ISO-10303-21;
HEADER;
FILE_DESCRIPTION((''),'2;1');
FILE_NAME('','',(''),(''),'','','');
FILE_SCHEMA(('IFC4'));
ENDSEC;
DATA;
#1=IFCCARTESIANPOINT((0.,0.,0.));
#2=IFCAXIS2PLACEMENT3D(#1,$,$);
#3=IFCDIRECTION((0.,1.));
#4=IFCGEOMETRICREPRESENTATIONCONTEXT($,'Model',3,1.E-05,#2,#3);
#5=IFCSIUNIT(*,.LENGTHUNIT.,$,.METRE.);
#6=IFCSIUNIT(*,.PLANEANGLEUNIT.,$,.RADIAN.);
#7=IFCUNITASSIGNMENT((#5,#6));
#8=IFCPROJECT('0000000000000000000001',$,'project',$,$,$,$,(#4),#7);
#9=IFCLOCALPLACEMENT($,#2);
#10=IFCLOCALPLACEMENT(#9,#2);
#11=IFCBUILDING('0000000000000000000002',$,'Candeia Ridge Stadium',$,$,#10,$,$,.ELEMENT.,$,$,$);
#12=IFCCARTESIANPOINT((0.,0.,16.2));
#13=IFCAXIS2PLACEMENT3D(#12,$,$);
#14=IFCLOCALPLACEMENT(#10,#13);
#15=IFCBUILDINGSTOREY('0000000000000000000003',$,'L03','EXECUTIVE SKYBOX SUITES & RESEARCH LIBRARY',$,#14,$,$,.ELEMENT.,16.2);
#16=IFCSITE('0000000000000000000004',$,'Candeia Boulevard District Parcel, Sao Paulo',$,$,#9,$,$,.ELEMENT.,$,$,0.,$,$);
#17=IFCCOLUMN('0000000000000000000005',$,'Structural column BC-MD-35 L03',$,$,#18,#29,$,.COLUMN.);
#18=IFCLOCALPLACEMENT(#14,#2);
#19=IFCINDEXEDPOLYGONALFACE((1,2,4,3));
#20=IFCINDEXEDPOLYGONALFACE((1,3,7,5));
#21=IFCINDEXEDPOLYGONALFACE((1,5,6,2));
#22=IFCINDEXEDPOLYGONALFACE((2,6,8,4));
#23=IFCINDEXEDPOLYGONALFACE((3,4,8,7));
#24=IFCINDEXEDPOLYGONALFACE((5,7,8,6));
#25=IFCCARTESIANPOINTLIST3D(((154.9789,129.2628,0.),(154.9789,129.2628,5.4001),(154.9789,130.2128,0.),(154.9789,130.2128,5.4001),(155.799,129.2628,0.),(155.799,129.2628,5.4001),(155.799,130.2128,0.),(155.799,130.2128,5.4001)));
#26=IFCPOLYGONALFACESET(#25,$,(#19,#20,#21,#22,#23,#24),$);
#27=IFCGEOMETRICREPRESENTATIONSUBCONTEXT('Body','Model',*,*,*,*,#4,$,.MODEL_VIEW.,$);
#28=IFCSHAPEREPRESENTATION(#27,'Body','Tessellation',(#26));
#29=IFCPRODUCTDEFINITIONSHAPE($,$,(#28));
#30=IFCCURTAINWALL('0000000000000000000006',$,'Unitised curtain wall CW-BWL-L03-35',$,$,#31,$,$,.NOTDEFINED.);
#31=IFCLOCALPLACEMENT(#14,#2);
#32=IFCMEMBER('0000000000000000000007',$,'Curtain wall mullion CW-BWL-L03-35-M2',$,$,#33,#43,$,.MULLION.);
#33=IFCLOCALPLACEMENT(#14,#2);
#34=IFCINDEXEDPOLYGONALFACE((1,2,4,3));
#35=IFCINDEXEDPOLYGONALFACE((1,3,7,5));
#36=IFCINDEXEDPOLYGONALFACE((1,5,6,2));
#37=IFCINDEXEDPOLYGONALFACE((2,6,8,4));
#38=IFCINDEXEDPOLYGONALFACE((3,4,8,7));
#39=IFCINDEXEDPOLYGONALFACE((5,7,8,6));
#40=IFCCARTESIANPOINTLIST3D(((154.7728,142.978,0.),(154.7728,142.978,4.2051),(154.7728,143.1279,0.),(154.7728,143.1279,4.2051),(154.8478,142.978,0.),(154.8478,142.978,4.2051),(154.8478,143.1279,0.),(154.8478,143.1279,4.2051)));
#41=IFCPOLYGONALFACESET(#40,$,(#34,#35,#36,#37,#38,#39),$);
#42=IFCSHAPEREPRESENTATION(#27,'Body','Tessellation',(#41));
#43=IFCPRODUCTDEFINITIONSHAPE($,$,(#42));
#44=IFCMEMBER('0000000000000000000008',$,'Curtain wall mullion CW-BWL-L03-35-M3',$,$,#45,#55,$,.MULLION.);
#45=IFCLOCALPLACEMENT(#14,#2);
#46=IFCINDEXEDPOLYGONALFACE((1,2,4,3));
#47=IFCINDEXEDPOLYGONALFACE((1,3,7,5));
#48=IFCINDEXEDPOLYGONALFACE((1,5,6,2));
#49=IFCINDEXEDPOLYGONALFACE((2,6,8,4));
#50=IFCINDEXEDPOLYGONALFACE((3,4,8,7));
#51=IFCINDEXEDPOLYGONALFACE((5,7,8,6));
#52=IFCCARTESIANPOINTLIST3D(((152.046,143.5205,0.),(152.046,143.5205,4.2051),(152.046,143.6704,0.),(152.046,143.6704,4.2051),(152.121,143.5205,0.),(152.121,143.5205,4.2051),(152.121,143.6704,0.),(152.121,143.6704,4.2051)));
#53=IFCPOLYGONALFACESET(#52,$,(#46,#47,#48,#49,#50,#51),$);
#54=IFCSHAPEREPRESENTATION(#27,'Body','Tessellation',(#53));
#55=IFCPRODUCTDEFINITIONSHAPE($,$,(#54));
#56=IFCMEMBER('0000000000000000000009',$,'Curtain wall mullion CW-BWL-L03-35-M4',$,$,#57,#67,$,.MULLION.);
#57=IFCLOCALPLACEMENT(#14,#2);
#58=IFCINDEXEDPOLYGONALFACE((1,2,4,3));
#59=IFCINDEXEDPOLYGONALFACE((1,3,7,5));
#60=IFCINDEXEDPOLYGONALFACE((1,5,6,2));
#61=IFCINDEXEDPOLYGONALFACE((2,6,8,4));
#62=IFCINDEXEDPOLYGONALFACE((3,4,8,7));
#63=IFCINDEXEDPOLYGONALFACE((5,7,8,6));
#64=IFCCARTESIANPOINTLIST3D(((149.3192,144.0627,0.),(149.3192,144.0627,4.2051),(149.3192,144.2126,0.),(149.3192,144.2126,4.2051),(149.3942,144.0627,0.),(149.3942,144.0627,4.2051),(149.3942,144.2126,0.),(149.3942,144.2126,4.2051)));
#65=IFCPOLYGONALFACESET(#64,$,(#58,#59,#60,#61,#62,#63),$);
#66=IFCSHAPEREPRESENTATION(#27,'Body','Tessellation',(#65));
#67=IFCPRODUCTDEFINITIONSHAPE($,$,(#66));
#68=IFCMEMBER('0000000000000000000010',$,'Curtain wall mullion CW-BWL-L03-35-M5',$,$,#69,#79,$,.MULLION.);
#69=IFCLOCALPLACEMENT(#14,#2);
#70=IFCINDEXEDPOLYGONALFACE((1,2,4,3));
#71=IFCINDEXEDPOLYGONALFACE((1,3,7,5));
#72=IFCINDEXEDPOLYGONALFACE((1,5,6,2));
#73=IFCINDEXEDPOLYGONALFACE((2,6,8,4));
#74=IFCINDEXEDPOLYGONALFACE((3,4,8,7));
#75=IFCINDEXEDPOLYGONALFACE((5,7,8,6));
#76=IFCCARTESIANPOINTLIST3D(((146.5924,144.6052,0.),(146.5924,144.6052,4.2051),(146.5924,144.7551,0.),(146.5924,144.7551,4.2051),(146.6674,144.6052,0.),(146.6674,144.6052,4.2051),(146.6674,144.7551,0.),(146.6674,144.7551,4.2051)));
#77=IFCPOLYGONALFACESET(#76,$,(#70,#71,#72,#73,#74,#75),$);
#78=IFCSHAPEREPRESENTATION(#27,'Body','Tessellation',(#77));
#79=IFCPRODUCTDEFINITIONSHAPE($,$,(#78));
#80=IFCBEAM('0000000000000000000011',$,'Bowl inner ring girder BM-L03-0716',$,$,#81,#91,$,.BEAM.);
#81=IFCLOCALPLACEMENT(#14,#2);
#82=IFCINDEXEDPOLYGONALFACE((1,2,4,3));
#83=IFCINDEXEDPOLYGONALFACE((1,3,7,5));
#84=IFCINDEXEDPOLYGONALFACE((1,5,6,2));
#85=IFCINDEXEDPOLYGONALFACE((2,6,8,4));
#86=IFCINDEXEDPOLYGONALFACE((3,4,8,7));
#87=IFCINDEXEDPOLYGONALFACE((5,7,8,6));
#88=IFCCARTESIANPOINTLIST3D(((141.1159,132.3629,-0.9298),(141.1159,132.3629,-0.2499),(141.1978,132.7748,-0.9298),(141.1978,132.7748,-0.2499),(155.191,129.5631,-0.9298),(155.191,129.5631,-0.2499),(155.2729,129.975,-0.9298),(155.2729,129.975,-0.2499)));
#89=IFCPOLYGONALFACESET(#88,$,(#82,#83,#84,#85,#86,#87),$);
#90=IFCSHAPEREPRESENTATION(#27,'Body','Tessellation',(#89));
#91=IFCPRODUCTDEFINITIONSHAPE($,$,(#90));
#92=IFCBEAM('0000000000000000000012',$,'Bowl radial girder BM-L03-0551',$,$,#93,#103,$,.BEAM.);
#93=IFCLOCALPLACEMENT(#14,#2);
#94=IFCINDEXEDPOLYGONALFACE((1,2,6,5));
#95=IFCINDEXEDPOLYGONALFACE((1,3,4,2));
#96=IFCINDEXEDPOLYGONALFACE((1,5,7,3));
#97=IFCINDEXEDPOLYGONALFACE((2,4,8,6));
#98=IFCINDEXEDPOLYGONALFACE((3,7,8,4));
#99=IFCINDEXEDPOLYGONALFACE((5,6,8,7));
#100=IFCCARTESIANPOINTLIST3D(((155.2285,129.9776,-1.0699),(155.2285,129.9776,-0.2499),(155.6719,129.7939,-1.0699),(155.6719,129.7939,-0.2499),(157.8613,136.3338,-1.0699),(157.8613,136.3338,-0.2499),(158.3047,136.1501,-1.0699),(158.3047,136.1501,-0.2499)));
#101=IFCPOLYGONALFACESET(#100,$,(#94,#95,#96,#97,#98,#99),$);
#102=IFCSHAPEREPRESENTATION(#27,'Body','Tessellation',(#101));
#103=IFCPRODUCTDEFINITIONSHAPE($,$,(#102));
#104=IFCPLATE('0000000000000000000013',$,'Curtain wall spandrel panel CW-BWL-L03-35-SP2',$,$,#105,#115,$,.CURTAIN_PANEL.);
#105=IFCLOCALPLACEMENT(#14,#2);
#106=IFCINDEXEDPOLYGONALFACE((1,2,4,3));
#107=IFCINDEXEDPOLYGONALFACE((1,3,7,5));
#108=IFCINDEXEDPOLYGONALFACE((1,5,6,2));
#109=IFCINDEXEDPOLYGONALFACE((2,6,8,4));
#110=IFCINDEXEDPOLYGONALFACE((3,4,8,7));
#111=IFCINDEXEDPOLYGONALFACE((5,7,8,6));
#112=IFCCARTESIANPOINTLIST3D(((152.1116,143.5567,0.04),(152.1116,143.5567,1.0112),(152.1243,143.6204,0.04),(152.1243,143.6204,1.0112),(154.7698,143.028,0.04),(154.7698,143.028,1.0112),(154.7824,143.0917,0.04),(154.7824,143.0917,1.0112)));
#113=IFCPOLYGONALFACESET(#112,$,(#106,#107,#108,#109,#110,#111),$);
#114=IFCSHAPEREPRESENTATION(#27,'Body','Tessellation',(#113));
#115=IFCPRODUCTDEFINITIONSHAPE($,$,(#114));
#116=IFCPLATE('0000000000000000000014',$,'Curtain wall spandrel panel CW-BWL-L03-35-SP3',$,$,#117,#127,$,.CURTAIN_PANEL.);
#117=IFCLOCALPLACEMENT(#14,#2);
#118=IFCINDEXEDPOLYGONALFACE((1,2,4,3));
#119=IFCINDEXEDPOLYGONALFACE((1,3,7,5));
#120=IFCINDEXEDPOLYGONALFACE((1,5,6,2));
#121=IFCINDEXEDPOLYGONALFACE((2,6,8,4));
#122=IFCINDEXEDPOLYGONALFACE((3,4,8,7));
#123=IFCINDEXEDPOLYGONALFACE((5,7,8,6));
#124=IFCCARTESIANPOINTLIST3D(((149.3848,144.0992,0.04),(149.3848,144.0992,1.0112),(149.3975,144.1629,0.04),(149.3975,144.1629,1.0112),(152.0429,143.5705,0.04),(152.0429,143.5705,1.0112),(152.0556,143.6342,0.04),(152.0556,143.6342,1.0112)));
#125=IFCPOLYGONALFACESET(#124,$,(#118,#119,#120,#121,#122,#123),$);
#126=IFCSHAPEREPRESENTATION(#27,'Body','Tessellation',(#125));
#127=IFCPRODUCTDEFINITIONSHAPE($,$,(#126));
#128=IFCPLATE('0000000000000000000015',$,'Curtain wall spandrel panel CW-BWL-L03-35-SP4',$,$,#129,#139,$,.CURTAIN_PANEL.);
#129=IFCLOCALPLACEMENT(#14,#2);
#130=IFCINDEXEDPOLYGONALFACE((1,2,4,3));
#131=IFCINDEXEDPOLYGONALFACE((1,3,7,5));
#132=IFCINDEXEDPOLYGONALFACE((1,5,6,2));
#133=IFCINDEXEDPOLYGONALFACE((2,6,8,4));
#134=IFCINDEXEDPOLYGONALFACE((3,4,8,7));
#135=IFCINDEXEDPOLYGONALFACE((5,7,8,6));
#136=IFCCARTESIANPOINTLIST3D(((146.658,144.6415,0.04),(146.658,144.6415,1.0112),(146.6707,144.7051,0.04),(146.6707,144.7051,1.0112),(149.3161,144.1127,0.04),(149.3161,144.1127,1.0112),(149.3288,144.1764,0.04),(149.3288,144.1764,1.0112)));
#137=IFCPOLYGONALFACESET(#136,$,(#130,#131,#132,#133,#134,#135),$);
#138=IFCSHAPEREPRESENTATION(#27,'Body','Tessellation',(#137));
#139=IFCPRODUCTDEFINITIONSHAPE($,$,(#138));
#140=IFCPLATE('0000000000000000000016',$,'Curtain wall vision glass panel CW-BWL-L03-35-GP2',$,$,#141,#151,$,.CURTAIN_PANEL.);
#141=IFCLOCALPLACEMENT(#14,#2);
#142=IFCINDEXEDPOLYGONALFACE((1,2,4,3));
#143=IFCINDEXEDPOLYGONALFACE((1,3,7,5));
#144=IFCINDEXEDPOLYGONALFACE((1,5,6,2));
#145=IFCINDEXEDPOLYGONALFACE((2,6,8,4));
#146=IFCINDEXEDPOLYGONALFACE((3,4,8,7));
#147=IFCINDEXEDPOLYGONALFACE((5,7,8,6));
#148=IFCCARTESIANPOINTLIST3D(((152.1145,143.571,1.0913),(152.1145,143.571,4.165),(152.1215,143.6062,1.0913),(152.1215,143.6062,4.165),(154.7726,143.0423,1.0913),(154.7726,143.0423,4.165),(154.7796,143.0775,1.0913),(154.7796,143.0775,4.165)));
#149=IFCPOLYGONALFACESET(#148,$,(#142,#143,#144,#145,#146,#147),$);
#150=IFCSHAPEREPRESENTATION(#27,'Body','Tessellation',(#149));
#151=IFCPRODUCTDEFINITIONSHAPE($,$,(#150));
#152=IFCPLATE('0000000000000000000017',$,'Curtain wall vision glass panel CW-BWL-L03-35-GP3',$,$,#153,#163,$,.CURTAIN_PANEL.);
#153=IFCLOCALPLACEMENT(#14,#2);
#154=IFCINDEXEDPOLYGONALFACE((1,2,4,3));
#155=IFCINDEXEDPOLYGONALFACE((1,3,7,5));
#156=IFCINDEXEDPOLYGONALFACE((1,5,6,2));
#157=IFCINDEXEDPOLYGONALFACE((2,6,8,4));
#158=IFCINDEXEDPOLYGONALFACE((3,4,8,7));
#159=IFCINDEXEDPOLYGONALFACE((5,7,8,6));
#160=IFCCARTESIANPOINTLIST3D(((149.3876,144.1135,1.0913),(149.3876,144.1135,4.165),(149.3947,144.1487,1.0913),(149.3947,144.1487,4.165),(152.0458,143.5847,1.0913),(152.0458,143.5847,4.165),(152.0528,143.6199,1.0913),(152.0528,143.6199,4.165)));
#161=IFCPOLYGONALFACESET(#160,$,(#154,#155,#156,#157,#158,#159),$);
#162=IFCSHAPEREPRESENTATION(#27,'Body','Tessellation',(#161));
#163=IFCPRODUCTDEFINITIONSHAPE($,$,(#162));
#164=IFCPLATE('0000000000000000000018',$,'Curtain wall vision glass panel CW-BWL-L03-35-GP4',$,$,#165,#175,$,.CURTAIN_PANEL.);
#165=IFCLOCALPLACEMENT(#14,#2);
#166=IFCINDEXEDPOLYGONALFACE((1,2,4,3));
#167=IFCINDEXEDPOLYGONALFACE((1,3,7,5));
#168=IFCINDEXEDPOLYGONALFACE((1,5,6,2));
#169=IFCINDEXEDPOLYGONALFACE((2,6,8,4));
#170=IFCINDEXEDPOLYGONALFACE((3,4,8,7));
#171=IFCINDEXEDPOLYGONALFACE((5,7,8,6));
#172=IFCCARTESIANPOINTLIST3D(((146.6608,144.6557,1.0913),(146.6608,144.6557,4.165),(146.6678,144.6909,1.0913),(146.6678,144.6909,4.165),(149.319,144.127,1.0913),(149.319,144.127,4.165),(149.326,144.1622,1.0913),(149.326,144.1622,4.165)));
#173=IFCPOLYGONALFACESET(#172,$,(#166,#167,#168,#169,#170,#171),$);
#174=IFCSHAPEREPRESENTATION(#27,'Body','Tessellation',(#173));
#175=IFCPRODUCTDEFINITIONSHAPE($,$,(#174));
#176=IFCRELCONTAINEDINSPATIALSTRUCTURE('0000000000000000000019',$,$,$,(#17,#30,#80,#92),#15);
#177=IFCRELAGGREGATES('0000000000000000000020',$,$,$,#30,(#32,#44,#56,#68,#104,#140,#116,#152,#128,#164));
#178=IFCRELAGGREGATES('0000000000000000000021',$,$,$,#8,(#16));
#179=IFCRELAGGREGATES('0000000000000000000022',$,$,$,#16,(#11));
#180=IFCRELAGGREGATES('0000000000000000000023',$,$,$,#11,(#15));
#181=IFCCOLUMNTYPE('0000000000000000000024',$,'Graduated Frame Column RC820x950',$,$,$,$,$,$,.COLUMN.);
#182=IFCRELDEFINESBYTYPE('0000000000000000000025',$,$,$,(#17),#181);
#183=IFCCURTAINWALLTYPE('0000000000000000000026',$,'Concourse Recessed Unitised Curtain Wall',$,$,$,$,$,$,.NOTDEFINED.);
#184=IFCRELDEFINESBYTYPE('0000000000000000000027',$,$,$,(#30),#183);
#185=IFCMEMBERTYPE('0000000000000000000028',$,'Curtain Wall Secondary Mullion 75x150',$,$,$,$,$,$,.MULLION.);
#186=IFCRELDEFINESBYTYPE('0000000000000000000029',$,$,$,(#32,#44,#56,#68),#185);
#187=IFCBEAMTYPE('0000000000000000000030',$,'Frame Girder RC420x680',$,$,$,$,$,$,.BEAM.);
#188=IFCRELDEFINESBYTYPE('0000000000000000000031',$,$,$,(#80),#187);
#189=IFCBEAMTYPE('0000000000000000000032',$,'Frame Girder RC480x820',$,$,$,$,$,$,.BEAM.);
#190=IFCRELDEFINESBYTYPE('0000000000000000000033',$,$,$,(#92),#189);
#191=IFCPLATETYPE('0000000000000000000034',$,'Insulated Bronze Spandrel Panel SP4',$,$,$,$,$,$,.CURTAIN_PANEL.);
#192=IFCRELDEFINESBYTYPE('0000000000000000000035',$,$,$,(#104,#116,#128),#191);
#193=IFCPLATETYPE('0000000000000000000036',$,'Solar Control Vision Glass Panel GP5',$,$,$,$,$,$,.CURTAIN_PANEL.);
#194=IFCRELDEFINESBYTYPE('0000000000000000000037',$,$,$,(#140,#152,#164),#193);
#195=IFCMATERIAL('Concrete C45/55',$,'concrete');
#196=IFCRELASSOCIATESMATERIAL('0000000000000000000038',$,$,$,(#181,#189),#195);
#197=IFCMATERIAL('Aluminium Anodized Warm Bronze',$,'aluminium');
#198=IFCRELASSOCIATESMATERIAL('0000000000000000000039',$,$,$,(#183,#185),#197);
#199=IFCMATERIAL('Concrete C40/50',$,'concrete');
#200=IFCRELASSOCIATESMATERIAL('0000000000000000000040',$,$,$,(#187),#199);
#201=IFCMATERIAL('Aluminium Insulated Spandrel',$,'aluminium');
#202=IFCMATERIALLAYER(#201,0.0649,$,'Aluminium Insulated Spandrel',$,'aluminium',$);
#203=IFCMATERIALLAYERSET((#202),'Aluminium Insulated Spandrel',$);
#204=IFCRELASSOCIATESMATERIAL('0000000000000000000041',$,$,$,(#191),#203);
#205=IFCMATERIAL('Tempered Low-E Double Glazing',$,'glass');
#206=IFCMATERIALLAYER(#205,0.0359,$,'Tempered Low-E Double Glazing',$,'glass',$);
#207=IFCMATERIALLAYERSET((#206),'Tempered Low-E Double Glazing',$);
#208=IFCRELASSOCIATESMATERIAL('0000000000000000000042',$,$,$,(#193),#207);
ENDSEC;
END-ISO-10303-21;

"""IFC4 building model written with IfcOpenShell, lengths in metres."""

from ifc_helpers import new_model, si_unit, direction, frame, origin, origin_2d, place, context, subcontext, project, spatial, rectangle, extrude, material, layer, layer_set, material_profile, profile_set, type_object, element, aggregate, save


model = new_model("IFC4")

# Units and contexts
model_context = context("Model", 3, precision=1e-05, world=origin(), true_north=direction((0.0, 1.0)))
body_context = subcontext(model_context, "Body", "Model", "MODEL_VIEW")
ifc_project = project(units=[si_unit("LENGTHUNIT", "METRE"), si_unit("PLANEANGLEUNIT", "RADIAN")], contexts=[model_context])

# Site, building, storey
site_placement = place(None, origin())
site = spatial("IfcSite", under=ifc_project, at=site_placement, Name="Candeia Boulevard District Parcel, Sao Paulo", CompositionType="ELEMENT", RefElevation=0.0)
building_placement = place(site_placement, origin())
building = spatial("IfcBuilding", under=site, at=building_placement, Name="Candeia Ridge Stadium", CompositionType="ELEMENT")
storey_placement = place(building_placement, frame((0.0, 0.0, 16.2)))
storey = spatial("IfcBuildingStorey", under=building, at=storey_placement, Name="L03", Description="EXECUTIVE SKYBOX SUITES & RESEARCH LIBRARY", CompositionType="ELEMENT", Elevation=16.2)

# Column
ifc_material_1 = material(Name="Concrete C45/55", Category="concrete")
ifc_material_profile_1 = material_profile(ifc_material_1, rectangle(XDim=0.8201, YDim=0.95, at=origin_2d()), Name="RC820x950", Category="concrete")
ifc_profile_set_1 = profile_set([ifc_material_profile_1], Name="Concrete C45/55")
column_type = type_object("IfcColumnType", Name="Graduated Frame Column RC820x950", PredefinedType="COLUMN", material=ifc_profile_set_1)
column_placement = place(storey_placement, frame((155.3889, 129.7378, 0.0), z_axis=(0.0, 0.0, 1.0), x_axis=(1.0, 0.0, 0.0)))
element("IfcColumn", 1, at=column_placement, inside=storey, type_object=column_type, Name="Structural column BC-MD-35 L03", PredefinedType="COLUMN", context=body_context, shape_type="SweptSolid", body=[
    extrude(rectangle(XDim=0.8201, YDim=0.95, at=origin_2d()), origin(), (0.0, 0.0, 1.0), 5.4001),
])

# Curtain wall, members
ifc_material_2 = material(Name="Aluminium Anodized Warm Bronze", Category="aluminium")
curtain_wall_type = type_object("IfcCurtainWallType", Name="Concourse Recessed Unitised Curtain Wall", PredefinedType="NOTDEFINED", material=ifc_material_2)
curtain_wall_placement = place(storey_placement, origin())
curtain_wall = element("IfcCurtainWall", 2, at=curtain_wall_placement, inside=storey, type_object=curtain_wall_type, Name="Unitised curtain wall CW-BWL-L03-35", PredefinedType="NOTDEFINED")
ifc_material_profile_2 = material_profile(ifc_material_2, rectangle(XDim=0.075, YDim=0.1499, at=origin_2d()), Name="CWM-75x150", Category="aluminium")
ifc_profile_set_2 = profile_set([ifc_material_profile_2], Name="Aluminium Anodized Warm Bronze")
member_type = type_object("IfcMemberType", Name="Curtain Wall Secondary Mullion 75x150", PredefinedType="MULLION", material=ifc_profile_set_2)
member_1_placement = place(storey_placement, frame((154.8103, 143.053, 0.0), z_axis=(0.0, 0.0, 1.0), x_axis=(1.0, 0.0, 0.0)))
member_1 = element("IfcMember", 3, at=member_1_placement, type_object=member_type, Name="Curtain wall mullion CW-BWL-L03-35-M2", PredefinedType="MULLION", context=body_context, shape_type="SweptSolid", body=[
    extrude(rectangle(XDim=0.075, YDim=0.1499, at=origin_2d()), origin(), (0.0, 0.0, 1.0), 4.2051),
])
member_2_placement = place(storey_placement, frame((152.0835, 143.5955, 0.0), z_axis=(0.0, 0.0, 1.0), x_axis=(1.0, 0.0, 0.0)))
member_2 = element("IfcMember", 4, at=member_2_placement, type_object=member_type, Name="Curtain wall mullion CW-BWL-L03-35-M3", PredefinedType="MULLION", context=body_context, shape_type="SweptSolid", body=[
    extrude(rectangle(XDim=0.075, YDim=0.1499, at=origin_2d()), origin(), (0.0, 0.0, 1.0), 4.2051),
])
member_3_placement = place(storey_placement, frame((149.3567, 144.1377, 0.0), z_axis=(0.0, 0.0, 1.0), x_axis=(1.0, 0.0, 0.0)))
member_3 = element("IfcMember", 5, at=member_3_placement, type_object=member_type, Name="Curtain wall mullion CW-BWL-L03-35-M4", PredefinedType="MULLION", context=body_context, shape_type="SweptSolid", body=[
    extrude(rectangle(XDim=0.075, YDim=0.1499, at=origin_2d()), origin(), (0.0, 0.0, 1.0), 4.2051),
])
member_4_placement = place(storey_placement, frame((146.6299, 144.6802, 0.0), z_axis=(0.0, 0.0, 1.0), x_axis=(1.0, 0.0, 0.0)))
member_4 = element("IfcMember", 6, at=member_4_placement, type_object=member_type, Name="Curtain wall mullion CW-BWL-L03-35-M5", PredefinedType="MULLION", context=body_context, shape_type="SweptSolid", body=[
    extrude(rectangle(XDim=0.075, YDim=0.1499, at=origin_2d()), origin(), (0.0, 0.0, 1.0), 4.2051),
])

# Beams
ifc_material_3 = material(Name="Concrete C40/50", Category="concrete")
ifc_material_profile_3 = material_profile(ifc_material_3, rectangle(XDim=0.4199, YDim=0.6799, at=origin_2d()), Name="RC420x680", Category="concrete")
ifc_profile_set_3 = profile_set([ifc_material_profile_3], Name="Concrete C40/50")
beam_type_1 = type_object("IfcBeamType", Name="Frame Girder RC420x680", PredefinedType="BEAM", material=ifc_profile_set_3)
beam_1_placement = place(storey_placement, frame((155.2319, 129.769, -0.5898), z_axis=(-0.980784, 0.195099, 0.0), x_axis=(-0.195099, -0.980784, 0.0)))
element("IfcBeam", 7, at=beam_1_placement, inside=storey, type_object=beam_type_1, Name="Bowl inner ring girder BM-L03-0716", PredefinedType="BEAM", context=body_context, shape_type="SweptSolid", body=[
    extrude(rectangle(XDim=0.4199, YDim=0.6799, at=origin_2d()), origin(), (0.0, 0.0, 1.0), 14.3508),
])
ifc_material_profile_4 = material_profile(ifc_material_1, rectangle(XDim=0.48, YDim=0.8201, at=origin_2d()), Name="RC480x820", Category="concrete")
ifc_profile_set_4 = profile_set([ifc_material_profile_4], Name="Concrete C45/55")
beam_type_2 = type_object("IfcBeamType", Name="Frame Girder RC480x820", PredefinedType="BEAM", material=ifc_profile_set_4)
beam_2_placement = place(storey_placement, frame((155.4502, 129.8857, -0.6599), z_axis=(0.382682, 0.92388, 0.0), x_axis=(-0.92388, 0.382682, 0.0)))
element("IfcBeam", 8, at=beam_2_placement, inside=storey, type_object=beam_type_2, Name="Bowl radial girder BM-L03-0551", PredefinedType="BEAM", context=body_context, shape_type="SweptSolid", body=[
    extrude(rectangle(XDim=0.48, YDim=0.8201, at=origin_2d()), origin(), (0.0, 0.0, 1.0), 6.8799),
])

# Plates
ifc_material_4 = material(Name="Aluminium Insulated Spandrel", Category="aluminium")
ifc_layer_1 = layer(ifc_material_4, 0.0649, Name="Aluminium Insulated Spandrel", Category="aluminium")
ifc_layer_set_1 = layer_set([ifc_layer_1], Name="Aluminium Insulated Spandrel")
plate_type_1 = type_object("IfcPlateType", Name="Insulated Bronze Spandrel Panel SP4", PredefinedType="CURTAIN_PANEL", material=ifc_layer_set_1)
plate_1_placement = place(storey_placement, frame((153.447, 143.3242, 0.04), z_axis=(0.0, 0.0, 1.0), x_axis=(-0.980785, 0.19509, 0.0)))
plate_1 = element("IfcPlate", 9, at=plate_1_placement, type_object=plate_type_1, Name="Curtain wall spandrel panel CW-BWL-L03-35-SP2", PredefinedType="CURTAIN_PANEL", context=body_context, shape_type="SweptSolid", body=[
    extrude(rectangle(XDim=2.7102, YDim=0.0649, at=origin_2d()), origin(), (0.0, 0.0, 1.0), 0.9712),
])
plate_2_placement = place(storey_placement, frame((150.7202, 143.8667, 0.04), z_axis=(0.0, 0.0, 1.0), x_axis=(-0.980785, 0.19509, 0.0)))
plate_2 = element("IfcPlate", 10, at=plate_2_placement, type_object=plate_type_1, Name="Curtain wall spandrel panel CW-BWL-L03-35-SP3", PredefinedType="CURTAIN_PANEL", context=body_context, shape_type="SweptSolid", body=[
    extrude(rectangle(XDim=2.7102, YDim=0.0649, at=origin_2d()), origin(), (0.0, 0.0, 1.0), 0.9712),
])
plate_3_placement = place(storey_placement, frame((147.9934, 144.4089, 0.04), z_axis=(0.0, 0.0, 1.0), x_axis=(-0.980785, 0.19509, 0.0)))
plate_3 = element("IfcPlate", 11, at=plate_3_placement, type_object=plate_type_1, Name="Curtain wall spandrel panel CW-BWL-L03-35-SP4", PredefinedType="CURTAIN_PANEL", context=body_context, shape_type="SweptSolid", body=[
    extrude(rectangle(XDim=2.7102, YDim=0.0649, at=origin_2d()), origin(), (0.0, 0.0, 1.0), 0.9712),
])
ifc_material_5 = material(Name="Tempered Low-E Double Glazing", Category="glass")
ifc_layer_2 = layer(ifc_material_5, 0.0359, Name="Tempered Low-E Double Glazing", Category="glass")
ifc_layer_set_2 = layer_set([ifc_layer_2], Name="Tempered Low-E Double Glazing")
plate_type_2 = type_object("IfcPlateType", Name="Solar Control Vision Glass Panel GP5", PredefinedType="CURTAIN_PANEL", material=ifc_layer_set_2)
plate_4_placement = place(storey_placement, frame((153.447, 143.3242, 1.0913), z_axis=(0.0, 0.0, 1.0), x_axis=(-0.980785, 0.19509, 0.0)))
plate_4 = element("IfcPlate", 12, at=plate_4_placement, type_object=plate_type_2, Name="Curtain wall vision glass panel CW-BWL-L03-35-GP2", PredefinedType="CURTAIN_PANEL", context=body_context, shape_type="SweptSolid", body=[
    extrude(rectangle(XDim=2.7102, YDim=0.0359, at=origin_2d()), origin(), (0.0, 0.0, 1.0), 3.0737),
])
plate_5_placement = place(storey_placement, frame((150.7202, 143.8667, 1.0913), z_axis=(0.0, 0.0, 1.0), x_axis=(-0.980785, 0.19509, 0.0)))
plate_5 = element("IfcPlate", 13, at=plate_5_placement, type_object=plate_type_2, Name="Curtain wall vision glass panel CW-BWL-L03-35-GP3", PredefinedType="CURTAIN_PANEL", context=body_context, shape_type="SweptSolid", body=[
    extrude(rectangle(XDim=2.7102, YDim=0.0359, at=origin_2d()), origin(), (0.0, 0.0, 1.0), 3.0737),
])
plate_6_placement = place(storey_placement, frame((147.9934, 144.4089, 1.0913), z_axis=(0.0, 0.0, 1.0), x_axis=(-0.980785, 0.19509, 0.0)))
plate_6 = element("IfcPlate", 14, at=plate_6_placement, type_object=plate_type_2, Name="Curtain wall vision glass panel CW-BWL-L03-35-GP4", PredefinedType="CURTAIN_PANEL", context=body_context, shape_type="SweptSolid", body=[
    extrude(rectangle(XDim=2.7102, YDim=0.0359, at=origin_2d()), origin(), (0.0, 0.0, 1.0), 3.0737),
])
aggregate(curtain_wall, [member_1, member_2, member_3, member_4, plate_1, plate_4, plate_2, plate_5, plate_3, plate_6])

save(model, "model.ifc")
